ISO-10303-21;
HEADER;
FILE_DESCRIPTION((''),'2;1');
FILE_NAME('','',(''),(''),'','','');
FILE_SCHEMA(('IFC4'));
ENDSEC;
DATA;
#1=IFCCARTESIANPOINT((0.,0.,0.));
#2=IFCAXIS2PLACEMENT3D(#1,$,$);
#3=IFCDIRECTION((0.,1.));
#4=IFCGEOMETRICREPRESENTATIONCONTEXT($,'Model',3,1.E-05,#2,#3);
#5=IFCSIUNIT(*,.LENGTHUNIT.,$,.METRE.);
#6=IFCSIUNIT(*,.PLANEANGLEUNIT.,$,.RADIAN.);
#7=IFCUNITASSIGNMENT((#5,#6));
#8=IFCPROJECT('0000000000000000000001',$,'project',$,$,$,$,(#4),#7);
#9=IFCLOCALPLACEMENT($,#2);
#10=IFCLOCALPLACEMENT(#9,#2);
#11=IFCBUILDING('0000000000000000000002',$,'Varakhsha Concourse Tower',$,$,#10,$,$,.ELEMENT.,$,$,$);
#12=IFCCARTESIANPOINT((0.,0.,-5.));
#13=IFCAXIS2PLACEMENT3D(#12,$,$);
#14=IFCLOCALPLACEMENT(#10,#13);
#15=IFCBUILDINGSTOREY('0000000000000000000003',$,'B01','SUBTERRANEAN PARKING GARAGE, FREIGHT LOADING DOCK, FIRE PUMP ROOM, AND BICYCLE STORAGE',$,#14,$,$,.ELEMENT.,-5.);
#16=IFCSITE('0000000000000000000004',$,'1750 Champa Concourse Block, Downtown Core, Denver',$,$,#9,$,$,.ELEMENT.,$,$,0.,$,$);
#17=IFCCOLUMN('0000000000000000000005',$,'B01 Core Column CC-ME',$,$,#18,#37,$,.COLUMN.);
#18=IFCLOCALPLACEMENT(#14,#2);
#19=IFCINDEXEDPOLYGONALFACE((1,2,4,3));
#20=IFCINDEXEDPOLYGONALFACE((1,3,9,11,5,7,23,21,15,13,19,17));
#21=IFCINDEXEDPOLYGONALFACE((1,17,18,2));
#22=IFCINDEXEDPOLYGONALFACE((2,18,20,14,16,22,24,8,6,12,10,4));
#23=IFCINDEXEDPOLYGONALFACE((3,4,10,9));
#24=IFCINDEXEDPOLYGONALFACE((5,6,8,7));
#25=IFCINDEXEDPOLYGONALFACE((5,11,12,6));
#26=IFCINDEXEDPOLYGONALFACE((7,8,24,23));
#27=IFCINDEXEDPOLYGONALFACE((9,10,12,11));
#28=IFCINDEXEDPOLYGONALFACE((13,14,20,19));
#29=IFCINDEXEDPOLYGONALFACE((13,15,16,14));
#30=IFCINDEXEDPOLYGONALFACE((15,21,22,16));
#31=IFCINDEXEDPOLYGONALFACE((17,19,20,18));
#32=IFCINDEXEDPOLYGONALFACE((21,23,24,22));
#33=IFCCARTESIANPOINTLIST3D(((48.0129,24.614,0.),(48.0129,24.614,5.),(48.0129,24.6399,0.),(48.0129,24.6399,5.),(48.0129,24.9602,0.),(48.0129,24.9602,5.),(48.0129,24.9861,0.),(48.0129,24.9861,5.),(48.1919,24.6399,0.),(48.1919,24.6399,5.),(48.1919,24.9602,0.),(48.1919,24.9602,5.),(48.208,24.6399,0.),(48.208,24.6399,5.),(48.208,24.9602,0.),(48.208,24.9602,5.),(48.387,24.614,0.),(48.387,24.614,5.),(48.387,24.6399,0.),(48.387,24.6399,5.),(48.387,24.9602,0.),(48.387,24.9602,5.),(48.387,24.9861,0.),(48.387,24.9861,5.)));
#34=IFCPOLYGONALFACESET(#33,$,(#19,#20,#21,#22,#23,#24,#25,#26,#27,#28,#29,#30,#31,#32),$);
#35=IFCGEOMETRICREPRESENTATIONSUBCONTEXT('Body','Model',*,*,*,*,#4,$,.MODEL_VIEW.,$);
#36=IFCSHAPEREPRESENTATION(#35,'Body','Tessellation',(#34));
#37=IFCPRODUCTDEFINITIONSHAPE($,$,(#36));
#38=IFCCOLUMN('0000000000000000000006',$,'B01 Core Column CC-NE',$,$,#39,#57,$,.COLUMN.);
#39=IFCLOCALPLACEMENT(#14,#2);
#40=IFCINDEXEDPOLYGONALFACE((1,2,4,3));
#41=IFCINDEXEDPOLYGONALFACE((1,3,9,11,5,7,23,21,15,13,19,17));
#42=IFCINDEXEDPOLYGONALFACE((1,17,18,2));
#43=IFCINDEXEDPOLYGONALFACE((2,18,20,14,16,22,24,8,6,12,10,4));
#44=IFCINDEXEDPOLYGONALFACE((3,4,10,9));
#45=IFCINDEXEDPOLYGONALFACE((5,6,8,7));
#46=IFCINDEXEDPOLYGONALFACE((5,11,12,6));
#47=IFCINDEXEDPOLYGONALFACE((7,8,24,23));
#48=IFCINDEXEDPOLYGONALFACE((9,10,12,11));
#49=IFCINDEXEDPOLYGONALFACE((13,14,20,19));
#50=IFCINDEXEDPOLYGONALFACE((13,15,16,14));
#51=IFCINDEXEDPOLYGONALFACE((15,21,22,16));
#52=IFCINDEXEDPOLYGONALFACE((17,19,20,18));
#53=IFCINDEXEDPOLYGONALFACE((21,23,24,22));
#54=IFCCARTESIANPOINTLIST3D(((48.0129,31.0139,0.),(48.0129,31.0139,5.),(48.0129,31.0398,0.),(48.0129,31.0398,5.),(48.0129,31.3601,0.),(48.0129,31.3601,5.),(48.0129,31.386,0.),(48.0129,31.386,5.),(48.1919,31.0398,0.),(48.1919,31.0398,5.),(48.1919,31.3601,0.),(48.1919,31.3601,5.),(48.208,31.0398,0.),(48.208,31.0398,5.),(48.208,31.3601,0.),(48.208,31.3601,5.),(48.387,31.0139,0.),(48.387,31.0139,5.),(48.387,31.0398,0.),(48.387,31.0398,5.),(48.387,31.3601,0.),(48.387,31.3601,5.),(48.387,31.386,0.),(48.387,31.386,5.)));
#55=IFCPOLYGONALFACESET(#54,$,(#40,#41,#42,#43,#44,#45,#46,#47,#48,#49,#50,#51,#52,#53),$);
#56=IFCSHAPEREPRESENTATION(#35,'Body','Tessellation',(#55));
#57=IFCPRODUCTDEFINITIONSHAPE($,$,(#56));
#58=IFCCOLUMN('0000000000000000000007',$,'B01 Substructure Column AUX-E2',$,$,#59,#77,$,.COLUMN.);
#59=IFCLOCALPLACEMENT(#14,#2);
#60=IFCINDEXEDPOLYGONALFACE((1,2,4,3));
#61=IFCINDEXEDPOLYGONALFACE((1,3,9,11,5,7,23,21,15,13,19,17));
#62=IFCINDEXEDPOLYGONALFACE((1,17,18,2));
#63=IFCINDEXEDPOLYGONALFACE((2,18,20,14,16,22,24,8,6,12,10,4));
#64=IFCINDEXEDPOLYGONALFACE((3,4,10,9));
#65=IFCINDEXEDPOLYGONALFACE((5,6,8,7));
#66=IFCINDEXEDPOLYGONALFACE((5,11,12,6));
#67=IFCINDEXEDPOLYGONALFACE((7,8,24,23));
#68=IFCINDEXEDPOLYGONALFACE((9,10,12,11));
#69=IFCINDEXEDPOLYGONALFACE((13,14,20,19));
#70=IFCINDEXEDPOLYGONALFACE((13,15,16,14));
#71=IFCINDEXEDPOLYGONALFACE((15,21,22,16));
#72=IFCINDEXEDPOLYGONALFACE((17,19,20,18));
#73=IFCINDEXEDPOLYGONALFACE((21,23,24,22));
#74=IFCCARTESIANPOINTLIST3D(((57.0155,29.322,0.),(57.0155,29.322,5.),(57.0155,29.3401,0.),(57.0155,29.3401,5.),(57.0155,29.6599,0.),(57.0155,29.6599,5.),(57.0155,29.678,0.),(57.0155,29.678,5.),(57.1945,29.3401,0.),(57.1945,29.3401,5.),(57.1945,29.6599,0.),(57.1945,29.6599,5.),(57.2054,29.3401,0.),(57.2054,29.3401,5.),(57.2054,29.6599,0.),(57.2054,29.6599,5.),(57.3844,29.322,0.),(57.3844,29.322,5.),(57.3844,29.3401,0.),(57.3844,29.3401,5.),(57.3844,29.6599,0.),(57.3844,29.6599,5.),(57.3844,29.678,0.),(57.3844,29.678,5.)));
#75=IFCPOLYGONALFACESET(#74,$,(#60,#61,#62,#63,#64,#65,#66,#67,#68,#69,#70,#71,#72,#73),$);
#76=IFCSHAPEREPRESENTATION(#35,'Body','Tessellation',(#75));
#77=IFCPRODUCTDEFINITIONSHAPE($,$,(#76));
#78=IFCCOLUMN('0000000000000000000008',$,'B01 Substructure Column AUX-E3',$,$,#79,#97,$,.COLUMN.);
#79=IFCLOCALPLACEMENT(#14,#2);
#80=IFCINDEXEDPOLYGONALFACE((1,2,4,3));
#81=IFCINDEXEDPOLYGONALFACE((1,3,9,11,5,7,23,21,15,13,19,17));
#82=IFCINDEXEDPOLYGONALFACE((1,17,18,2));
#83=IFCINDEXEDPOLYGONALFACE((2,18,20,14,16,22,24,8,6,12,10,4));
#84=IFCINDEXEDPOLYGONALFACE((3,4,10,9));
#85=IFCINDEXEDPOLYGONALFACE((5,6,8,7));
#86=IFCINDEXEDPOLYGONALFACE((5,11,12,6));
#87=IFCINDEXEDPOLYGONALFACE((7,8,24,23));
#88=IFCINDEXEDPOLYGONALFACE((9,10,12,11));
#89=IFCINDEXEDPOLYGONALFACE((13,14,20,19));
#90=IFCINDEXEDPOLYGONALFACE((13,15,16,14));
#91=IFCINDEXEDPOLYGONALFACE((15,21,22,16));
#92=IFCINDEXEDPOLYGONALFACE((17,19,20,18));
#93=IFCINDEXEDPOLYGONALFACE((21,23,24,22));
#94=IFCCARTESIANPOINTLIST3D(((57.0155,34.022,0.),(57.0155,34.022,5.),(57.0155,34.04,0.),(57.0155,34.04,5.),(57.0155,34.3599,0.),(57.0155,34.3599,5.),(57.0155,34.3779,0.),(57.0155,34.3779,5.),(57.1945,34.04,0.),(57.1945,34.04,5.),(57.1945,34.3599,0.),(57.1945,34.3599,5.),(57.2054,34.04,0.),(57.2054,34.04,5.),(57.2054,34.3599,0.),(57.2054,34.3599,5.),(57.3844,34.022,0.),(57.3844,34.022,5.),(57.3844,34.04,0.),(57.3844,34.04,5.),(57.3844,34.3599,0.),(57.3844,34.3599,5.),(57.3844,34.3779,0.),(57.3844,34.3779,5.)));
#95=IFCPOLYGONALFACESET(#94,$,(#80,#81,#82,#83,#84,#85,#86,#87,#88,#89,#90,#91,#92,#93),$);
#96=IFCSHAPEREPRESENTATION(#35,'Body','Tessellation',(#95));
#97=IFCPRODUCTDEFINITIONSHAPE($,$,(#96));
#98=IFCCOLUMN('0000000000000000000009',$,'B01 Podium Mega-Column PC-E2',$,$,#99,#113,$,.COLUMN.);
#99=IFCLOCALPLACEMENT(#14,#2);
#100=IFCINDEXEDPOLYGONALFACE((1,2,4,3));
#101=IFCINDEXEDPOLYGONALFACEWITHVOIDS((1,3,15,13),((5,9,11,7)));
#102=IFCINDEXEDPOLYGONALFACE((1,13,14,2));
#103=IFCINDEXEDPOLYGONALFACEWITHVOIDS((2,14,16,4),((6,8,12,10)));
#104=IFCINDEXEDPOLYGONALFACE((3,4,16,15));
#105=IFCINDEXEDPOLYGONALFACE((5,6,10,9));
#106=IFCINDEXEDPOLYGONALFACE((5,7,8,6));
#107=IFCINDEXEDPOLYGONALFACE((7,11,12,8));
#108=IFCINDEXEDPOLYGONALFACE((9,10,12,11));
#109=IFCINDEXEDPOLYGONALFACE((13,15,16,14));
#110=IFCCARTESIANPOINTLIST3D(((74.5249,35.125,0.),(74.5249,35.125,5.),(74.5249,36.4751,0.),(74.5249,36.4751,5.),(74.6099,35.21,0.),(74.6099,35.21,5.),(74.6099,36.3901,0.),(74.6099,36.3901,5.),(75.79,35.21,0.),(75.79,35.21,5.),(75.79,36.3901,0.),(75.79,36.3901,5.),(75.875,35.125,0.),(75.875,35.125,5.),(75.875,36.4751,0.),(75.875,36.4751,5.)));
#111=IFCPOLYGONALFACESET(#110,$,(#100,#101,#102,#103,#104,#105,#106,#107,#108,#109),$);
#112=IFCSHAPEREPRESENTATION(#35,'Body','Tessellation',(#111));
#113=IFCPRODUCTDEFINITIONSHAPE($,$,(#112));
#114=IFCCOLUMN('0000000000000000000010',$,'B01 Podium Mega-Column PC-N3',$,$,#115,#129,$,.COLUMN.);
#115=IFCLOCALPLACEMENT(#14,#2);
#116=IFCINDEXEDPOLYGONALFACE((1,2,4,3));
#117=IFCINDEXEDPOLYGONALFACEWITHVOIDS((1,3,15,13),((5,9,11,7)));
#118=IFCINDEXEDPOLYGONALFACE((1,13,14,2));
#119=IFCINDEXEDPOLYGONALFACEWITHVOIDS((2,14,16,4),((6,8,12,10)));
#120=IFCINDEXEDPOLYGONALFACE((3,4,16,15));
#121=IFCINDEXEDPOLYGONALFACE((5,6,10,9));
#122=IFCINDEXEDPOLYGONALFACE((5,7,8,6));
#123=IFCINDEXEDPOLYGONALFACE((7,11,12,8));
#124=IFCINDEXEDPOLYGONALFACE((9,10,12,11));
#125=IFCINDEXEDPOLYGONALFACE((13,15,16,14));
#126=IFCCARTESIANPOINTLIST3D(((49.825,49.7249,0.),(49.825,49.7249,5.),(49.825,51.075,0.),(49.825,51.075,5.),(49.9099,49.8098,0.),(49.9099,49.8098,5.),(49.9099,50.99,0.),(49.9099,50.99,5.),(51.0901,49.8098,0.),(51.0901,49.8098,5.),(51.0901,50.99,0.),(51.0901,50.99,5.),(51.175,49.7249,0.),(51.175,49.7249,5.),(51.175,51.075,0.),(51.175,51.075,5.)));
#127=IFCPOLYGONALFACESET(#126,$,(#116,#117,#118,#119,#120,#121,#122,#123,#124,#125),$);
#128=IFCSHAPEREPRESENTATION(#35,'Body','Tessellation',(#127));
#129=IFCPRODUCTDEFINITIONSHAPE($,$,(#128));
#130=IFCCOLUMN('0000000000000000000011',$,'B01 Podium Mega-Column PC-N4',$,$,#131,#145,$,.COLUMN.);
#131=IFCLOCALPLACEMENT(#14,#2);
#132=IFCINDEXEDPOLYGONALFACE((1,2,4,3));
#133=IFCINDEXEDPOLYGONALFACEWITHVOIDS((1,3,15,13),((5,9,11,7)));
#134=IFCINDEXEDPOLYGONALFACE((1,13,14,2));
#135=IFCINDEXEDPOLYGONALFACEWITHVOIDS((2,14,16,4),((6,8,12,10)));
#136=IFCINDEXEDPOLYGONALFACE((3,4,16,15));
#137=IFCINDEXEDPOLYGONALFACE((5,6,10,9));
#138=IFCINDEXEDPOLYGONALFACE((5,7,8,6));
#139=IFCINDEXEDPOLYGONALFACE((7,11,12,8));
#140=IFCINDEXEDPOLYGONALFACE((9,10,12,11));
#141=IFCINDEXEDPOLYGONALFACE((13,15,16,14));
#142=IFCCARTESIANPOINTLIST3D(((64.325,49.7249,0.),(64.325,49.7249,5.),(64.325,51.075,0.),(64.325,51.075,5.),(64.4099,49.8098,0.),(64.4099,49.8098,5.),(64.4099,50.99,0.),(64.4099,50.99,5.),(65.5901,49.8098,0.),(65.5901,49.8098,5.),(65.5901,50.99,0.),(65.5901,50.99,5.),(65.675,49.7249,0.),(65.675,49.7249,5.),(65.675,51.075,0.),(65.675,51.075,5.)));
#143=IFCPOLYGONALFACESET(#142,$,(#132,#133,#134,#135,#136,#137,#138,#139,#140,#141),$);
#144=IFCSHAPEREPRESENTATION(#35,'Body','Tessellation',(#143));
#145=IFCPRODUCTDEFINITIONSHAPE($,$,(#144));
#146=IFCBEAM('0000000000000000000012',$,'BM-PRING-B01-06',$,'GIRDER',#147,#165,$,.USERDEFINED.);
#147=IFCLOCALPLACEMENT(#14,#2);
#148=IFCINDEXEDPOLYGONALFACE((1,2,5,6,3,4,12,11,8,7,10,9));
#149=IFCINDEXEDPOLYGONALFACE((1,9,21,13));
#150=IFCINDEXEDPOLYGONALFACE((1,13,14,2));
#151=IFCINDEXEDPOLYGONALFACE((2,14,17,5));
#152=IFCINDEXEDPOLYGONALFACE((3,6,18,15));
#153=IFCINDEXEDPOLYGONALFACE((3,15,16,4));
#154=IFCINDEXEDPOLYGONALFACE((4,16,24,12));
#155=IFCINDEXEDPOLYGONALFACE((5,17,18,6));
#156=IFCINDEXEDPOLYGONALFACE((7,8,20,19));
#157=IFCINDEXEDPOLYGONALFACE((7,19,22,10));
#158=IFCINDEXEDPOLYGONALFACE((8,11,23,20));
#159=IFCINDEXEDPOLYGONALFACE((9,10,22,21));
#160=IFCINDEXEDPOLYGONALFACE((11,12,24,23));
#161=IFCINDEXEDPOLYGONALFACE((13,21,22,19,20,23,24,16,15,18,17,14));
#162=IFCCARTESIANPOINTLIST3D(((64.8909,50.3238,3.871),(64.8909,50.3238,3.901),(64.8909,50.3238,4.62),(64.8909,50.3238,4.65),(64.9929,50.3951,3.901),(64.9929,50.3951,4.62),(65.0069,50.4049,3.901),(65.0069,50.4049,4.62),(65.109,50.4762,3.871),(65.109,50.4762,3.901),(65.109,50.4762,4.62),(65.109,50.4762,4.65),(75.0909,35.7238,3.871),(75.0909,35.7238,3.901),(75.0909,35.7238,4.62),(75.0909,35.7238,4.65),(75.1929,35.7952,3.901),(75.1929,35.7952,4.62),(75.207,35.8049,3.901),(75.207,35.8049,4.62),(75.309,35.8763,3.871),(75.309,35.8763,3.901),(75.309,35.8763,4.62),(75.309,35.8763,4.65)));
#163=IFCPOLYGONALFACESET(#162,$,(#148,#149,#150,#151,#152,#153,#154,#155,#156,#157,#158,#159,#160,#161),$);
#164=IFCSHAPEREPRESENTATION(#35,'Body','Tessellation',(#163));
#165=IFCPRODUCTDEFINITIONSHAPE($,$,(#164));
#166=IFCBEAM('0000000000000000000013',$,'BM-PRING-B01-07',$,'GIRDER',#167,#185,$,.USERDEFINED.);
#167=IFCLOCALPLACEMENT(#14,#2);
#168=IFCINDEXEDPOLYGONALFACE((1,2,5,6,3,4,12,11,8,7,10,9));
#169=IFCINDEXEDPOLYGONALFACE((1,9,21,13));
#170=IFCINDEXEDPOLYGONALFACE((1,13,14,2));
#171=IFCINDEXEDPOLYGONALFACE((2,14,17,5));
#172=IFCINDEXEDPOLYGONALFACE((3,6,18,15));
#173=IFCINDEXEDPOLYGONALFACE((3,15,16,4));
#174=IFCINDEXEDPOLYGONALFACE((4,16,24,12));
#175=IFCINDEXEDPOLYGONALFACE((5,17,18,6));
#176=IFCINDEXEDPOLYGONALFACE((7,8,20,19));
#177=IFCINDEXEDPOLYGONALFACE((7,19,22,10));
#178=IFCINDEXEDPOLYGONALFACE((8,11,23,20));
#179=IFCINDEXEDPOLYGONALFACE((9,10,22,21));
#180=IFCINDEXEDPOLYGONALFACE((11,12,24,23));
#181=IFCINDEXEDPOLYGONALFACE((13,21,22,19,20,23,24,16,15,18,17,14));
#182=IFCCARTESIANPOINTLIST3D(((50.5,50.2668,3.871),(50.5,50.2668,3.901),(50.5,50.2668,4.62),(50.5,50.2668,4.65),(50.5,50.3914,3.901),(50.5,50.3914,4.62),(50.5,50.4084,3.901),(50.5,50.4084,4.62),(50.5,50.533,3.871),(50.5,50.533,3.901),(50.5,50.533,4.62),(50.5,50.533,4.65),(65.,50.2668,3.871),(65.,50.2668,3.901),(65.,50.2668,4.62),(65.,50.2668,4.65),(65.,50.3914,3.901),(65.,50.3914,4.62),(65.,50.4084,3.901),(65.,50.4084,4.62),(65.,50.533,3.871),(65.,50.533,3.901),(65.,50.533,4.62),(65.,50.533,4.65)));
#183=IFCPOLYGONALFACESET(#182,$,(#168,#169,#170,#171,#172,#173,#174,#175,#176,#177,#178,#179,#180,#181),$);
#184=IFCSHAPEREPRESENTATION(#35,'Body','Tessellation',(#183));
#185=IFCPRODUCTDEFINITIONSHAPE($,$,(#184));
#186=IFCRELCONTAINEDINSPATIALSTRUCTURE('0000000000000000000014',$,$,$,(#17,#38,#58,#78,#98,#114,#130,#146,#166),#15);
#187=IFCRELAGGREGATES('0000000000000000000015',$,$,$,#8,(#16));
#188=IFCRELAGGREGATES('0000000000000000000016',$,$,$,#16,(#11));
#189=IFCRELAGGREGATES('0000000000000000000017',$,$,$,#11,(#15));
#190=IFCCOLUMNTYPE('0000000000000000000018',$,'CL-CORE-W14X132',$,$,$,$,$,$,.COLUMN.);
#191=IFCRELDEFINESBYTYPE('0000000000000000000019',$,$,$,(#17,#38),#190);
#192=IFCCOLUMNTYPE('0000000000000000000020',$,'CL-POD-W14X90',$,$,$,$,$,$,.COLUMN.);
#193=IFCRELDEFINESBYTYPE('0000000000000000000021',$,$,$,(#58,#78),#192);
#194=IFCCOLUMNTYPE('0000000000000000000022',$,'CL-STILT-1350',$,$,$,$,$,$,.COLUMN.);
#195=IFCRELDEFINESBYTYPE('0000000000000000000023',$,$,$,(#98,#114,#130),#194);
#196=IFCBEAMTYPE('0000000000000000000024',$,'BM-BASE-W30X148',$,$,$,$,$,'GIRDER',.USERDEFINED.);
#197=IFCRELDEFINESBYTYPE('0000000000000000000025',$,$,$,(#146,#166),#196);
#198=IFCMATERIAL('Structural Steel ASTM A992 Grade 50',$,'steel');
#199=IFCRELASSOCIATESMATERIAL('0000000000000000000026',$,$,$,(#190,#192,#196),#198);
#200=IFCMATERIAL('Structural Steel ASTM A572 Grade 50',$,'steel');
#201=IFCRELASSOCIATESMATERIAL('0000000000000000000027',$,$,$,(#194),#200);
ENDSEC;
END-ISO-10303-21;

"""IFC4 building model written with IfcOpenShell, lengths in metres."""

from ifc_helpers import new_model, si_unit, direction, frame, origin, origin_2d, place, context, subcontext, project, spatial, hollow_rectangle, i_section, extrude, material, material_profile, profile_set, type_object, element, save


model = new_model("IFC4")

# Units and contexts
model_context = context("Model", 3, precision=1e-05, world=origin(), true_north=direction((0.0, 1.0)))
body_context = subcontext(model_context, "Body", "Model", "MODEL_VIEW")
ifc_project = project(units=[si_unit("LENGTHUNIT", "METRE"), si_unit("PLANEANGLEUNIT", "RADIAN")], contexts=[model_context])

# Site, building, storey
site_placement = place(None, origin())
site = spatial("IfcSite", under=ifc_project, at=site_placement, Name="1750 Champa Concourse Block, Downtown Core, Denver", CompositionType="ELEMENT", RefElevation=0.0)
building_placement = place(site_placement, origin())
building = spatial("IfcBuilding", under=site, at=building_placement, Name="Varakhsha Concourse Tower", CompositionType="ELEMENT")
storey_placement = place(building_placement, frame((0.0, 0.0, -5.0)))
storey = spatial("IfcBuildingStorey", under=building, at=storey_placement, Name="B01", Description="SUBTERRANEAN PARKING GARAGE, FREIGHT LOADING DOCK, FIRE PUMP ROOM, AND BICYCLE STORAGE", CompositionType="ELEMENT", Elevation=-5.0)

# Columns
ifc_material_1 = material(Name="Structural Steel ASTM A992 Grade 50", Category="steel")
ifc_material_profile_1 = material_profile(ifc_material_1, i_section(OverallWidth=0.374, OverallDepth=0.3721, WebThickness=0.0161, FlangeThickness=0.0259, at=origin_2d()), Name="W14X132")
ifc_profile_set_1 = profile_set([ifc_material_profile_1], Name="Structural Steel ASTM A992 Grade 50")
column_type_1 = type_object("IfcColumnType", Name="CL-CORE-W14X132", PredefinedType="COLUMN", material=ifc_profile_set_1)
for number, where, z_axis, x_axis, name in (
    (1, (48.2, 24.8, 0.0), (0.0, 0.0, 1.0), (1.0, 0.0, 0.0), "B01 Core Column CC-ME"),
    (2, (48.2, 31.2, 0.0), (0.0, 0.0, 1.0), (1.0, 0.0, 0.0), "B01 Core Column CC-NE"),
):
    element("IfcColumn", number, at=place(storey_placement, frame(where, z_axis=z_axis, x_axis=x_axis)), inside=storey, type_object=column_type_1, Name=name, PredefinedType="COLUMN", context=body_context, shape_type="SweptSolid", body=[
        extrude(i_section(OverallWidth=0.374, OverallDepth=0.3721, WebThickness=0.0161, FlangeThickness=0.0259, at=origin_2d()), origin(), (0.0, 0.0, 1.0), 5.0),
    ])
ifc_material_profile_2 = material_profile(ifc_material_1, i_section(OverallWidth=0.3689, OverallDepth=0.356, WebThickness=0.011, FlangeThickness=0.0181, at=origin_2d()), Name="W14X90")
ifc_profile_set_2 = profile_set([ifc_material_profile_2], Name="Structural Steel ASTM A992 Grade 50")
column_type_2 = type_object("IfcColumnType", Name="CL-POD-W14X90", PredefinedType="COLUMN", material=ifc_profile_set_2)
for number, where, z_axis, x_axis, name in (
    (3, (57.2, 29.5, 0.0), (0.0, 0.0, 1.0), (1.0, 0.0, 0.0), "B01 Substructure Column AUX-E2"),
    (4, (57.2, 34.2, 0.0), (0.0, 0.0, 1.0), (1.0, 0.0, 0.0), "B01 Substructure Column AUX-E3"),
):
    element("IfcColumn", number, at=place(storey_placement, frame(where, z_axis=z_axis, x_axis=x_axis)), inside=storey, type_object=column_type_2, Name=name, PredefinedType="COLUMN", context=body_context, shape_type="SweptSolid", body=[
        extrude(i_section(OverallWidth=0.3689, OverallDepth=0.356, WebThickness=0.011, FlangeThickness=0.0181, at=origin_2d()), origin(), (0.0, 0.0, 1.0), 5.0),
    ])
ifc_material_2 = material(Name="Structural Steel ASTM A572 Grade 50", Category="steel")
ifc_material_profile_3 = material_profile(ifc_material_2, hollow_rectangle(XDim=1.3501, YDim=1.3501, WallThickness=0.085, at=origin_2d()), Name="BOX 1350x1350x85")
ifc_profile_set_3 = profile_set([ifc_material_profile_3], Name="Structural Steel ASTM A572 Grade 50")
column_type_3 = type_object("IfcColumnType", Name="CL-STILT-1350", PredefinedType="COLUMN", material=ifc_profile_set_3)
for number, where, z_axis, x_axis, name in (
    (5, (75.2, 35.8, 0.0), (0.0, 0.0, 1.0), (1.0, 0.0, 0.0), "B01 Podium Mega-Column PC-E2"),
    (6, (50.5, 50.3999, 0.0), (0.0, 0.0, 1.0), (1.0, 0.0, 0.0), "B01 Podium Mega-Column PC-N3"),
    (7, (65.0, 50.3999, 0.0), (0.0, 0.0, 1.0), (1.0, 0.0, 0.0), "B01 Podium Mega-Column PC-N4"),
):
    element("IfcColumn", number, at=place(storey_placement, frame(where, z_axis=z_axis, x_axis=x_axis)), inside=storey, type_object=column_type_3, Name=name, PredefinedType="COLUMN", context=body_context, shape_type="SweptSolid", body=[
        extrude(hollow_rectangle(XDim=1.3501, YDim=1.3501, WallThickness=0.085, at=origin_2d()), origin(), (0.0, 0.0, 1.0), 5.0),
    ])

# Beams
ifc_material_profile_4 = material_profile(ifc_material_1, i_section(OverallWidth=0.2661, OverallDepth=0.7791, WebThickness=0.0171, FlangeThickness=0.03, at=origin_2d()), Name="W30X148")
ifc_profile_set_4 = profile_set([ifc_material_profile_4], Name="Structural Steel ASTM A992 Grade 50")
beam_type_1 = type_object("IfcBeamType", Name="BM-BASE-W30X148", ElementType="GIRDER", PredefinedType="USERDEFINED", material=ifc_profile_set_4)
beam_1_placement = place(storey_placement, frame((75.2, 35.8, 4.2605), z_axis=(-0.57271, 0.819758, 0.0), x_axis=(-0.819758, -0.57271, 0.0)))
element("IfcBeam", 8, at=beam_1_placement, inside=storey, type_object=beam_type_1, Name="BM-PRING-B01-06", ObjectType="GIRDER", PredefinedType="USERDEFINED", context=body_context, shape_type="SweptSolid", body=[
    extrude(i_section(OverallWidth=0.2661, OverallDepth=0.7791, WebThickness=0.0171, FlangeThickness=0.03, at=origin_2d()), origin(), (0.0, 0.0, 1.0), 17.8101),
])
beam_2_placement = place(storey_placement, frame((65.0, 50.3999, 4.2605), z_axis=(-1.0, 0.0, 0.0), x_axis=(0.0, -1.0, 0.0)))
element("IfcBeam", 9, at=beam_2_placement, inside=storey, type_object=beam_type_1, Name="BM-PRING-B01-07", ObjectType="GIRDER", PredefinedType="USERDEFINED", context=body_context, shape_type="SweptSolid", body=[
    extrude(i_section(OverallWidth=0.2661, OverallDepth=0.7791, WebThickness=0.0171, FlangeThickness=0.03, at=origin_2d()), origin(), (0.0, 0.0, 1.0), 14.5),
])

save(model, "model.ifc")
